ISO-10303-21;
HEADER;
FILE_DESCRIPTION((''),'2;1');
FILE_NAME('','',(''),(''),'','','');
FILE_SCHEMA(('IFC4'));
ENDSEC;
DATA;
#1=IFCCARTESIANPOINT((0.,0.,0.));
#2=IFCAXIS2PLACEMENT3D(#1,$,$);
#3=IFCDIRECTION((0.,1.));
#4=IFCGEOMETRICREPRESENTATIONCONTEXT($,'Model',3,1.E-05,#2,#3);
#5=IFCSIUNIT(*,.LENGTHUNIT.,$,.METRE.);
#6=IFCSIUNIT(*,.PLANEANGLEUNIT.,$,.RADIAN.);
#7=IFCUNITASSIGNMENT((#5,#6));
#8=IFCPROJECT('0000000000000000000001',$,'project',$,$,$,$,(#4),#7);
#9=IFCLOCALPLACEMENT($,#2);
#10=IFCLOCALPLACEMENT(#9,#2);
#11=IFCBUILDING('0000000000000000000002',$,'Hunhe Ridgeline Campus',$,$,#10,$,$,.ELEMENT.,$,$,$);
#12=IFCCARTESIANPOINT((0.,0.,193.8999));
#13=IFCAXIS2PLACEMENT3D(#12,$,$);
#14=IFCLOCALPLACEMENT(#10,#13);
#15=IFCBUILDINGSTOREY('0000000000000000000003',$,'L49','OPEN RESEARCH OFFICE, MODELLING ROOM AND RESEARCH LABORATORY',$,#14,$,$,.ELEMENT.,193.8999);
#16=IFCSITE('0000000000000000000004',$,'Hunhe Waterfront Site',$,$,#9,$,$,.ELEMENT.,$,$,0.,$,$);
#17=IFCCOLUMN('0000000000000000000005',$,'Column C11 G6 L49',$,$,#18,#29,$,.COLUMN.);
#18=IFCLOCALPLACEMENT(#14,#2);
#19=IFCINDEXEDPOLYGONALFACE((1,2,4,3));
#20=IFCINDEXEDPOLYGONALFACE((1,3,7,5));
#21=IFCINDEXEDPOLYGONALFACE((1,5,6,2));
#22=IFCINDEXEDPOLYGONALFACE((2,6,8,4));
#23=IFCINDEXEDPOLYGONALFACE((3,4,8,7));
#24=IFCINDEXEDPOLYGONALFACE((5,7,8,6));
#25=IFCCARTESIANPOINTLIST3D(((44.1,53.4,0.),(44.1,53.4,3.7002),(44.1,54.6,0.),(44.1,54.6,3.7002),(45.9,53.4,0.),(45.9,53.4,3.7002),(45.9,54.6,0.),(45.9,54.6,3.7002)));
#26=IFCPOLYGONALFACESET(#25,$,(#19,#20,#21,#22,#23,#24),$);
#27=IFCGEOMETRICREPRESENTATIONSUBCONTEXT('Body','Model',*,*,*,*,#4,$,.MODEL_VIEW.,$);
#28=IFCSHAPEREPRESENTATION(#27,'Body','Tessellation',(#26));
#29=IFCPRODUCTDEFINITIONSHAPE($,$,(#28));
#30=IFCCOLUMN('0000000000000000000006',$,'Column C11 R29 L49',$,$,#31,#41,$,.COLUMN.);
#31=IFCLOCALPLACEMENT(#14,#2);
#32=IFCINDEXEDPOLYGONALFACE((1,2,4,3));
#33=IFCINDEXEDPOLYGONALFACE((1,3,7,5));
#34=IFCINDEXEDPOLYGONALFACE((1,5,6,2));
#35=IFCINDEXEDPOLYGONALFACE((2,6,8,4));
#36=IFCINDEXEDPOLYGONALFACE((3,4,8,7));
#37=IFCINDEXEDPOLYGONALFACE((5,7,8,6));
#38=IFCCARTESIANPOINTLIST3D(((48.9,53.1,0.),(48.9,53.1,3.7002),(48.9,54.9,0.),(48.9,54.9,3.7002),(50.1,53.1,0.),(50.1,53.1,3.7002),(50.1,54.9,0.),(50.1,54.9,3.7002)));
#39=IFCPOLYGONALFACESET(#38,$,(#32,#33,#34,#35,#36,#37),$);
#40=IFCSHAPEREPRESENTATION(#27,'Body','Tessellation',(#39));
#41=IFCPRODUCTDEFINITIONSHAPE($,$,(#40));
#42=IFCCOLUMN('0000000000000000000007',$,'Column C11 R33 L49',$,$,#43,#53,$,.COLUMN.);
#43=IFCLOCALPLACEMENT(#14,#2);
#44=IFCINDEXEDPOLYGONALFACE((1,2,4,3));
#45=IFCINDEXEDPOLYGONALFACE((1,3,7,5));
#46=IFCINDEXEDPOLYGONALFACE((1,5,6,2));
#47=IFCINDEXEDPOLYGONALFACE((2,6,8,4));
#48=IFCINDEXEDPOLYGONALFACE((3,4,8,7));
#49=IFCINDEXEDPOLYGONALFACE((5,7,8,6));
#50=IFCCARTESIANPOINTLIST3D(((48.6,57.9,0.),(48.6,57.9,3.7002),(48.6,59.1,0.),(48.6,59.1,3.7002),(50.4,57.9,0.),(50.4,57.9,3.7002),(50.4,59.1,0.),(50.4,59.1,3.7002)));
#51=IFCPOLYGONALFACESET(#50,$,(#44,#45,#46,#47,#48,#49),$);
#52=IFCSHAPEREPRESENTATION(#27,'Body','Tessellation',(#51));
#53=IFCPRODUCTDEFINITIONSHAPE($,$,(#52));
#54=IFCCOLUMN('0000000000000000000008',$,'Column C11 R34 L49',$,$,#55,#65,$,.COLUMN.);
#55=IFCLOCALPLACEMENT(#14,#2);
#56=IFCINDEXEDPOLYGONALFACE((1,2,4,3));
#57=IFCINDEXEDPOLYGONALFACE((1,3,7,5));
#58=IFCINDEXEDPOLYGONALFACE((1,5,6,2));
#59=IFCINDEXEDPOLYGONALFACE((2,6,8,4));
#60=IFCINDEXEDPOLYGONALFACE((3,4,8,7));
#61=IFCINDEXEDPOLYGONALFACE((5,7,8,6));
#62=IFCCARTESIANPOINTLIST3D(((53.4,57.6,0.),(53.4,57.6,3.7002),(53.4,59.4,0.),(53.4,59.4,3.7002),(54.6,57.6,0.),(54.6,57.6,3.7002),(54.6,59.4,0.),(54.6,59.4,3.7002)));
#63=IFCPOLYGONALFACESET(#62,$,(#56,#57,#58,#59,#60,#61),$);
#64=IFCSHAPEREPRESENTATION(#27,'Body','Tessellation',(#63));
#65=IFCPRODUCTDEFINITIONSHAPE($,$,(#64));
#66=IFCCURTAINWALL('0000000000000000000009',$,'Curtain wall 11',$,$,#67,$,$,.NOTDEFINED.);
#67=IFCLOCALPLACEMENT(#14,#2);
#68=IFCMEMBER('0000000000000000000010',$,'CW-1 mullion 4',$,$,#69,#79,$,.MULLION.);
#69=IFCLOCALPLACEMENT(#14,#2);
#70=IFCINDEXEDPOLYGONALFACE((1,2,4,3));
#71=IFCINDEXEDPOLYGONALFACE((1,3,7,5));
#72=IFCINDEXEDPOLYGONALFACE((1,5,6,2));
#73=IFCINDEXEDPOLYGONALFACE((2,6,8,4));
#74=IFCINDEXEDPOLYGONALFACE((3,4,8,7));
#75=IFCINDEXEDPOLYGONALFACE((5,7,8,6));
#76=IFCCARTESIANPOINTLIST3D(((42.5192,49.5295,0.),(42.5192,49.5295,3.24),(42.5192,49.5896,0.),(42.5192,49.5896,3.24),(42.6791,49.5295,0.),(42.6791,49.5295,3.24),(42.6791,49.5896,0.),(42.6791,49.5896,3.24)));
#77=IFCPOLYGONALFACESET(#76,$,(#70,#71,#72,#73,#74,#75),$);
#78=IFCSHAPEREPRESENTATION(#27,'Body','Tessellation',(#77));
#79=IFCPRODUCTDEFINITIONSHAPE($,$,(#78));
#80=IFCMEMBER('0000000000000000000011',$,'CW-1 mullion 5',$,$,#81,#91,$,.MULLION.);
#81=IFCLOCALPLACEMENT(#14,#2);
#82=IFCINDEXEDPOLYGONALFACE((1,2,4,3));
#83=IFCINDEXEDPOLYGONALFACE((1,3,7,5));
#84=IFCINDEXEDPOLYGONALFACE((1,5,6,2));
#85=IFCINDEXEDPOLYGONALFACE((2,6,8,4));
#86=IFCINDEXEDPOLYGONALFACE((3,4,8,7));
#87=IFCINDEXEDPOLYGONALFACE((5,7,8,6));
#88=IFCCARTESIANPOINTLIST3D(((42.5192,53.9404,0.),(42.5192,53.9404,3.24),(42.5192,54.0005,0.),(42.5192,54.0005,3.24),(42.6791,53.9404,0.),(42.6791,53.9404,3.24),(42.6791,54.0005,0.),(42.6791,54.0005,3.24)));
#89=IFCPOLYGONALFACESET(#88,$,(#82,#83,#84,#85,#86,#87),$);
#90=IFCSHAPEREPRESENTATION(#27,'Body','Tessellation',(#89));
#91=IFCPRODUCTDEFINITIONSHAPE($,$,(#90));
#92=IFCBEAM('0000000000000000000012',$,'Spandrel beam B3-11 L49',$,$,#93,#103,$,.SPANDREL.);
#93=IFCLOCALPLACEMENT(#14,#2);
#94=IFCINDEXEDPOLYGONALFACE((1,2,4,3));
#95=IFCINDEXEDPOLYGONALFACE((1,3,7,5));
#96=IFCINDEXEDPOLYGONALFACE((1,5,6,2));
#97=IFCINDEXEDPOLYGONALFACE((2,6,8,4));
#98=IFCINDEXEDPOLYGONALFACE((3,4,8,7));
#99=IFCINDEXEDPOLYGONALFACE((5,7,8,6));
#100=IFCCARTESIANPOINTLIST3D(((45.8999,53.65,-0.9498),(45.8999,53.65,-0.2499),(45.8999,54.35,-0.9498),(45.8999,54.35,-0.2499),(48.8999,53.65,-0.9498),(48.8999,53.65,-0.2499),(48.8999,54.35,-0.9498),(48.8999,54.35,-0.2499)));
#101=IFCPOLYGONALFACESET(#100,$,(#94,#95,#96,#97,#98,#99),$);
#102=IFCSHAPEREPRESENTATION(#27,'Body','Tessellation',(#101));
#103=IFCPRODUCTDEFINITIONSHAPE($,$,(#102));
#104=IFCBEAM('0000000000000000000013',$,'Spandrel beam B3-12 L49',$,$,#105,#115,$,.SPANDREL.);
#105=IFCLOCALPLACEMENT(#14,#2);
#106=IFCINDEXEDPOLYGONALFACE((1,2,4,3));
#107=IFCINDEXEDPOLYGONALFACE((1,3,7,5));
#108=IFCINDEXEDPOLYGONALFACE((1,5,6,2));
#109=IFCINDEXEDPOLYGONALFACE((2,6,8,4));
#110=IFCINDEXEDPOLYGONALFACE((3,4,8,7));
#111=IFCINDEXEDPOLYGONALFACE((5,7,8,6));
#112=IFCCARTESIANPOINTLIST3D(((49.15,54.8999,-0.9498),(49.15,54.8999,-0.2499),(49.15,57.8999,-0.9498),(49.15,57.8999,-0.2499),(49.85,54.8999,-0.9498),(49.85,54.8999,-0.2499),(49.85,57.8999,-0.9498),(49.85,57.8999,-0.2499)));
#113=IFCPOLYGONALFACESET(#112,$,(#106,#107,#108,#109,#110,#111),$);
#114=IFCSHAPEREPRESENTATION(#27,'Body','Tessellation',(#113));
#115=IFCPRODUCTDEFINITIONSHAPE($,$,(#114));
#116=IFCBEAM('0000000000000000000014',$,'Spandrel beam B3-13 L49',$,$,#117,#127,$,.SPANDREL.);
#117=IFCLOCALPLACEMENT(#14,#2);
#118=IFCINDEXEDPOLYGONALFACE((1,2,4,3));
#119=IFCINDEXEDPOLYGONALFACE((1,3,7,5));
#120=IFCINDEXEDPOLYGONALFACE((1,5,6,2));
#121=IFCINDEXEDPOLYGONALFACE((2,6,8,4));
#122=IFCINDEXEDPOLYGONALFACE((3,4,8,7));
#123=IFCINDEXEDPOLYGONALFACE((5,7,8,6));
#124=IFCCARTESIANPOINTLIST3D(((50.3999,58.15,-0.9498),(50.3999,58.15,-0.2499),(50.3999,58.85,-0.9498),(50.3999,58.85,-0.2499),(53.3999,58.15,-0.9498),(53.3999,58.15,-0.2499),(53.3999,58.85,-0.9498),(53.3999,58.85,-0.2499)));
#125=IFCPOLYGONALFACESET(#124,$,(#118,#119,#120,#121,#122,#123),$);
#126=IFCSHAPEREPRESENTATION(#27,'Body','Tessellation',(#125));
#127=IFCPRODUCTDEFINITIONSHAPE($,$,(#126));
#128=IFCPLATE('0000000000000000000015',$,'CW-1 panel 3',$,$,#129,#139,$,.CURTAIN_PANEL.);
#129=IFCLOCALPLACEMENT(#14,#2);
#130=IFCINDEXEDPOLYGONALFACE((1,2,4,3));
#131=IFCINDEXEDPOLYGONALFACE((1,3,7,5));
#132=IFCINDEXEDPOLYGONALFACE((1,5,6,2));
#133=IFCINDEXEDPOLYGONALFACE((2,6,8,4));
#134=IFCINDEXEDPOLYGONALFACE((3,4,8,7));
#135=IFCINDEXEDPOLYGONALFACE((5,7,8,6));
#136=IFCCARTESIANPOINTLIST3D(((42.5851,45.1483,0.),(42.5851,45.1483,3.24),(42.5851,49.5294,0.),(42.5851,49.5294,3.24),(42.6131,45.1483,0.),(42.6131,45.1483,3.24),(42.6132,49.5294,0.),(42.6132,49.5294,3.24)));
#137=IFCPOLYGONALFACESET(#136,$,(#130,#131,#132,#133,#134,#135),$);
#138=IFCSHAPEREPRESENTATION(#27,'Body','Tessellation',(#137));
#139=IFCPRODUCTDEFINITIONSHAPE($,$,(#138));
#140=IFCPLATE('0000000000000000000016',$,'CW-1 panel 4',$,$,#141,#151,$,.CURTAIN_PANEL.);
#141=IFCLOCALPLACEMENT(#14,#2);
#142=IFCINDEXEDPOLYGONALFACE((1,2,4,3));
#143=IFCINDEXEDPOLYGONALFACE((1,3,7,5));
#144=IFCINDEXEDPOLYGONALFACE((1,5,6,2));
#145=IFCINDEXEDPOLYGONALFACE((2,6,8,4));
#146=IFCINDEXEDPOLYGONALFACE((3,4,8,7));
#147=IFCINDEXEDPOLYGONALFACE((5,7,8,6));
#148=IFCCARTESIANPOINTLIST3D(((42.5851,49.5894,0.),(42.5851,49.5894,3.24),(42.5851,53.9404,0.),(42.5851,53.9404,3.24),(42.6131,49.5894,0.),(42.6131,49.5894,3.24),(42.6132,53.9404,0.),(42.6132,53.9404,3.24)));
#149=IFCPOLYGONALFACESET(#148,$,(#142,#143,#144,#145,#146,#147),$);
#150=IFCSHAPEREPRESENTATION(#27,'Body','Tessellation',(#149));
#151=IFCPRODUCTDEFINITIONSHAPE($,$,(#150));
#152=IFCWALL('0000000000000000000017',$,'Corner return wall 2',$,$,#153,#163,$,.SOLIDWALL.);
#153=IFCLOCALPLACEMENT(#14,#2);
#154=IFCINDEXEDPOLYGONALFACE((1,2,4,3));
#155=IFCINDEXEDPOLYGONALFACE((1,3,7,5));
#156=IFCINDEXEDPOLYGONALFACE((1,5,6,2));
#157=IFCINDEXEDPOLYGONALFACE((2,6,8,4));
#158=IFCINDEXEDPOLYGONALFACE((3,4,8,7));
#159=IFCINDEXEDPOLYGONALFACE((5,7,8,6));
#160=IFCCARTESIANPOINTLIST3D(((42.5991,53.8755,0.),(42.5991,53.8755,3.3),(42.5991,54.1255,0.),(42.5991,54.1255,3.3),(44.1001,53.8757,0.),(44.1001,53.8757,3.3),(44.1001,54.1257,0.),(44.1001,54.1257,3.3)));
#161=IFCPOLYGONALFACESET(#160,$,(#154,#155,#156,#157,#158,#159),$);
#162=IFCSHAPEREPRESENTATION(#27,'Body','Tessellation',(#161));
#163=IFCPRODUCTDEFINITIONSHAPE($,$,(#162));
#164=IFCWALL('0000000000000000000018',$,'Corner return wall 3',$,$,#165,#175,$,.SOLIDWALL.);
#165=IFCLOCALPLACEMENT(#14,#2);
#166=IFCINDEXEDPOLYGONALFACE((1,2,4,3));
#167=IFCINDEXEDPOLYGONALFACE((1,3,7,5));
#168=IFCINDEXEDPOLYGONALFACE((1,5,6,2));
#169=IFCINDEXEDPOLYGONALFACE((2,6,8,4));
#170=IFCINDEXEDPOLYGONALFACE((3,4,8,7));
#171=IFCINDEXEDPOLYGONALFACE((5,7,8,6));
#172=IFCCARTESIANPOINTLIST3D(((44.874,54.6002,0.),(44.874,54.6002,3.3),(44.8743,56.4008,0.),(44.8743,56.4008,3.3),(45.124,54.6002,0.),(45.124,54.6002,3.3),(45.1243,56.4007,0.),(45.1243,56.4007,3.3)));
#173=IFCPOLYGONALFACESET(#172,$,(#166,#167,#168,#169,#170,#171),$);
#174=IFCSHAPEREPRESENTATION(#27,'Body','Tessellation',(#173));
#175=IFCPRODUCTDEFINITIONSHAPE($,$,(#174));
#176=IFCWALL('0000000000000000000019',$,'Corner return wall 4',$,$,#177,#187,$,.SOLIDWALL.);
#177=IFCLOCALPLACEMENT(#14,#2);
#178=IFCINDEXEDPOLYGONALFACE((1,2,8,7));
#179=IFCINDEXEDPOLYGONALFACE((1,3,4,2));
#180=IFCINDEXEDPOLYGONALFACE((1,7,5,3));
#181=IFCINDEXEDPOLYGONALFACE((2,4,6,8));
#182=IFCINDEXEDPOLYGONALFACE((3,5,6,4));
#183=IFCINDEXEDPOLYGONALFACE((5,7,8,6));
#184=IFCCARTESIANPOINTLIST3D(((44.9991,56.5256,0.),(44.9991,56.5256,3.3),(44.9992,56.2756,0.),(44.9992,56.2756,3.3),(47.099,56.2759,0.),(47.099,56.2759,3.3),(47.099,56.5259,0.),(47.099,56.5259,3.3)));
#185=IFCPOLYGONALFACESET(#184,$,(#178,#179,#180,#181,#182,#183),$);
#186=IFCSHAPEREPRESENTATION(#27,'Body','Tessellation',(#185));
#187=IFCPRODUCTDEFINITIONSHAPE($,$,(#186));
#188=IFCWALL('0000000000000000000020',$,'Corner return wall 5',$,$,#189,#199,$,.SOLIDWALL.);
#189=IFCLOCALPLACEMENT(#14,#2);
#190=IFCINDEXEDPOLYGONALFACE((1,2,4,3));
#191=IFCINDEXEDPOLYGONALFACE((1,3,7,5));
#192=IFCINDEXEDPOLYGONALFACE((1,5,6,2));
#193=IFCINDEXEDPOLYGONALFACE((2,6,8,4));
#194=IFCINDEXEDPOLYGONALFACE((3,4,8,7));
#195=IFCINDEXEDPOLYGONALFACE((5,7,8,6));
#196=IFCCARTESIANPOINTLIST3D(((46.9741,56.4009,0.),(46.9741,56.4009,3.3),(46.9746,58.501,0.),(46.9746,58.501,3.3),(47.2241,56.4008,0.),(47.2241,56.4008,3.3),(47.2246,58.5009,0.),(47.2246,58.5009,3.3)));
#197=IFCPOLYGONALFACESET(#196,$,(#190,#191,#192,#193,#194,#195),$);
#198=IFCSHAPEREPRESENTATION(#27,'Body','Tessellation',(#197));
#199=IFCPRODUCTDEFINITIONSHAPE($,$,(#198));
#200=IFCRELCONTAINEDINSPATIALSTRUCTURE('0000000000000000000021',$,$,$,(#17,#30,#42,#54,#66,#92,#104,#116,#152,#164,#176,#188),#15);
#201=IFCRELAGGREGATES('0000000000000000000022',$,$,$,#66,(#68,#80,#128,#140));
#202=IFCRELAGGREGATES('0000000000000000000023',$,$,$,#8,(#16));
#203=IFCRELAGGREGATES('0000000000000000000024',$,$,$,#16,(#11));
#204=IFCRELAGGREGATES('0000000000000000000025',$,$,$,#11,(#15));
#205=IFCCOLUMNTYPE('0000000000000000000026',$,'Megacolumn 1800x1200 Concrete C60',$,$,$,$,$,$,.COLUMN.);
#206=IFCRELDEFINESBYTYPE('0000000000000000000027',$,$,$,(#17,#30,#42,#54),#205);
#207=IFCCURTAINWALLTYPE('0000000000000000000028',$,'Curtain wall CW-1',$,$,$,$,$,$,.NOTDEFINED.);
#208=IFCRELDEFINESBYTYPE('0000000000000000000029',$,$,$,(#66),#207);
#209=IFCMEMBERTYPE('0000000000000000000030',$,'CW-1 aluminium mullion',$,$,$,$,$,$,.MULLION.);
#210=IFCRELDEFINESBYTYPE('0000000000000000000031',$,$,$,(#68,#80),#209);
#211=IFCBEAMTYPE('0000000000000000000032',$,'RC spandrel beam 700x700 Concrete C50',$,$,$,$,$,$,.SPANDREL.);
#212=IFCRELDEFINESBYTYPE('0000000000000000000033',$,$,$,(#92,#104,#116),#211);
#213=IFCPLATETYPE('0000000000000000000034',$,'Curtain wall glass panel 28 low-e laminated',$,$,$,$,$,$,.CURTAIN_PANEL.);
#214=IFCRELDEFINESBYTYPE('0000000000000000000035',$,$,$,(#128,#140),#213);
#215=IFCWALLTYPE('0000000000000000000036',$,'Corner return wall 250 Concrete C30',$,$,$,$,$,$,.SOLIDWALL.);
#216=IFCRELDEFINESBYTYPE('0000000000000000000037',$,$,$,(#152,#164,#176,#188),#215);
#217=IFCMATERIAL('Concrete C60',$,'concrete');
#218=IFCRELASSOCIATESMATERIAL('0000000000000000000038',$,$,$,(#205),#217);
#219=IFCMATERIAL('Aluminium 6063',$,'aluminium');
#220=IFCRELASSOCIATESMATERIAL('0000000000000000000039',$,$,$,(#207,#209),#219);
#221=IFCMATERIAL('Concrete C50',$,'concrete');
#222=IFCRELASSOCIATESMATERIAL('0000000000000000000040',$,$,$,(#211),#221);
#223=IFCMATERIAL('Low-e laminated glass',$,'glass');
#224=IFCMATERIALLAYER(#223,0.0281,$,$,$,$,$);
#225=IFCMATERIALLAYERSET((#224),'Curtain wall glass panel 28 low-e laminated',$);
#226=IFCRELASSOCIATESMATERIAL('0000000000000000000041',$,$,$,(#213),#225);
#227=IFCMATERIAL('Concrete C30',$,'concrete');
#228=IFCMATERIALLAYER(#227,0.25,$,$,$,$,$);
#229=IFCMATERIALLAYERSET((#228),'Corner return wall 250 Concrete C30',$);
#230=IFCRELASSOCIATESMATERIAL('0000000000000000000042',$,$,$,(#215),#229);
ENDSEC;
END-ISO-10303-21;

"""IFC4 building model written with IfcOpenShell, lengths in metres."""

from ifc_helpers import new_model, si_unit, direction, frame, frame_2d, origin, origin_2d, place, context, subcontext, project, spatial, rectangle, extrude, material, layer, layer_set, material_profile, profile_set, type_object, element, aggregate, save


model = new_model("IFC4")

# Units and contexts
model_context = context("Model", 3, precision=1e-05, world=origin(), true_north=direction((0.0, 1.0)))
body_context = subcontext(model_context, "Body", "Model", "MODEL_VIEW")
ifc_project = project(units=[si_unit("LENGTHUNIT", "METRE"), si_unit("PLANEANGLEUNIT", "RADIAN")], contexts=[model_context])

# Site, building, storey
site_placement = place(None, origin())
site = spatial("IfcSite", under=ifc_project, at=site_placement, Name="Hunhe Waterfront Site", CompositionType="ELEMENT", RefElevation=0.0)
building_placement = place(site_placement, origin())
building = spatial("IfcBuilding", under=site, at=building_placement, Name="Hunhe Ridgeline Campus", CompositionType="ELEMENT")
storey_placement = place(building_placement, frame((0.0, 0.0, 193.8999)))
storey = spatial("IfcBuildingStorey", under=building, at=storey_placement, Name="L49", Description="OPEN RESEARCH OFFICE, MODELLING ROOM AND RESEARCH LABORATORY", CompositionType="ELEMENT", Elevation=193.8999)

# Columns
ifc_material_1 = material(Name="Concrete C60", Category="concrete")
ifc_material_profile_1 = material_profile(ifc_material_1, rectangle(XDim=1.8, YDim=1.2, at=origin_2d()))
ifc_profile_set_1 = profile_set([ifc_material_profile_1], Name="Concrete C60")
column_type = type_object("IfcColumnType", Name="Megacolumn 1800x1200 Concrete C60", PredefinedType="COLUMN", material=ifc_profile_set_1)
for number, where, z_axis, x_axis, name in (
    (1, (45.0, 54.0, 0.0), (0.0, 0.0, 1.0), (1.0, 0.0, 0.0), "Column C11 G6 L49"),
    (2, (49.5, 54.0, 0.0), (0.0, 0.0, 1.0), (0.0, 1.0, 0.0), "Column C11 R29 L49"),
    (3, (49.5, 58.5, 0.0), (0.0, 0.0, 1.0), (1.0, 0.0, 0.0), "Column C11 R33 L49"),
    (4, (54.0, 58.5, 0.0), (0.0, 0.0, 1.0), (0.0, 1.0, 0.0), "Column C11 R34 L49"),
):
    element("IfcColumn", number, at=place(storey_placement, frame(where, z_axis=z_axis, x_axis=x_axis)), inside=storey, type_object=column_type, Name=name, PredefinedType="COLUMN", context=body_context, shape_type="SweptSolid", body=[
        extrude(rectangle(XDim=1.8, YDim=1.2, at=origin_2d()), origin(), (0.0, 0.0, 1.0), 3.7002),
    ])

# Curtain wall, members
ifc_material_2 = material(Name="Aluminium 6063", Category="aluminium")
curtain_wall_type = type_object("IfcCurtainWallType", Name="Curtain wall CW-1", PredefinedType="NOTDEFINED", material=ifc_material_2)
curtain_wall_placement = place(storey_placement, origin())
curtain_wall = element("IfcCurtainWall", 5, at=curtain_wall_placement, inside=storey, type_object=curtain_wall_type, Name="Curtain wall 11", PredefinedType="NOTDEFINED")
ifc_material_profile_2 = material_profile(ifc_material_2, rectangle(XDim=0.1599, YDim=0.0601, at=origin_2d()))
ifc_profile_set_2 = profile_set([ifc_material_profile_2], Name="Aluminium 6063")
member_type = type_object("IfcMemberType", Name="CW-1 aluminium mullion", PredefinedType="MULLION", material=ifc_profile_set_2)
member_1_placement = place(storey_placement, frame((42.5991, 49.5596, 0.0), z_axis=(0.0, 0.0, 1.0), x_axis=(-1.0, 0.000007, 0.0)))
member_1 = element("IfcMember", 6, at=member_1_placement, type_object=member_type, Name="CW-1 mullion 4", PredefinedType="MULLION", context=body_context, shape_type="SweptSolid", body=[
    extrude(rectangle(XDim=0.1599, YDim=0.0601, at=origin_2d()), origin(), (0.0, 0.0, 1.0), 3.24),
])
member_2_placement = place(storey_placement, frame((42.5991, 53.9705, 0.0), z_axis=(0.0, 0.0, 1.0), x_axis=(-1.0, 0.000007, 0.0)))
member_2 = element("IfcMember", 7, at=member_2_placement, type_object=member_type, Name="CW-1 mullion 5", PredefinedType="MULLION", context=body_context, shape_type="SweptSolid", body=[
    extrude(rectangle(XDim=0.1599, YDim=0.0601, at=origin_2d()), origin(), (0.0, 0.0, 1.0), 3.24),
])

# Beams
ifc_material_3 = material(Name="Concrete C50", Category="concrete")
ifc_material_profile_3 = material_profile(ifc_material_3, rectangle(XDim=0.7, YDim=0.7, at=origin_2d()))
ifc_profile_set_3 = profile_set([ifc_material_profile_3], Name="Concrete C50")
beam_type = type_object("IfcBeamType", Name="RC spandrel beam 700x700 Concrete C50", PredefinedType="SPANDREL", material=ifc_profile_set_3)
for number, where, z_axis, x_axis, name in (
    (8, (45.8999, 54.0, -0.5999), (1.0, 0.0, 0.0), (0.0, 1.0, 0.0), "Spandrel beam B3-11 L49"),
    (9, (49.5, 54.8999, -0.5999), (0.0, 1.0, 0.0), (-1.0, 0.0, 0.0), "Spandrel beam B3-12 L49"),
    (10, (50.3999, 58.5, -0.5999), (1.0, 0.0, 0.0), (0.0, 1.0, 0.0), "Spandrel beam B3-13 L49"),
):
    element("IfcBeam", number, at=place(storey_placement, frame(where, z_axis=z_axis, x_axis=x_axis)), inside=storey, type_object=beam_type, Name=name, PredefinedType="SPANDREL", context=body_context, shape_type="SweptSolid", body=[
        extrude(rectangle(XDim=0.7, YDim=0.7, at=origin_2d()), origin(), (0.0, 0.0, 1.0), 3.0),
    ])

# Plates
ifc_material_4 = material(Name="Low-e laminated glass", Category="glass")
ifc_layer_1 = layer(ifc_material_4, 0.0281)
ifc_layer_set_1 = layer_set([ifc_layer_1], Name="Curtain wall glass panel 28 low-e laminated")
plate_type = type_object("IfcPlateType", Name="Curtain wall glass panel 28 low-e laminated", PredefinedType="CURTAIN_PANEL", material=ifc_layer_set_1)
plate_1_placement = place(storey_placement, frame((42.5991, 47.3389, 0.0), z_axis=(0.0, 0.0, 1.0), x_axis=(0.000007, 1.0, 0.0)))
plate_1 = element("IfcPlate", 11, at=plate_1_placement, type_object=plate_type, Name="CW-1 panel 3", PredefinedType="CURTAIN_PANEL", context=body_context, shape_type="SweptSolid", body=[
    extrude(rectangle(XDim=4.3811, YDim=0.0281, at=origin_2d()), origin(), (0.0, 0.0, 1.0), 3.24),
])
plate_2_placement = place(storey_placement, frame((42.5991, 51.7649, 0.0), z_axis=(0.0, 0.0, 1.0), x_axis=(0.000007, 1.0, 0.0)))
plate_2 = element("IfcPlate", 12, at=plate_2_placement, type_object=plate_type, Name="CW-1 panel 4", PredefinedType="CURTAIN_PANEL", context=body_context, shape_type="SweptSolid", body=[
    extrude(rectangle(XDim=4.3511, YDim=0.0281, at=origin_2d()), origin(), (0.0, 0.0, 1.0), 3.24),
])
aggregate(curtain_wall, [member_1, member_2, plate_1, plate_2])

# Walls
ifc_material_5 = material(Name="Concrete C30", Category="concrete")
ifc_layer_2 = layer(ifc_material_5, 0.25)
ifc_layer_set_2 = layer_set([ifc_layer_2], Name="Corner return wall 250 Concrete C30")
wall_type_1 = type_object("IfcWallType", Name="Corner return wall 250 Concrete C30", PredefinedType="SOLIDWALL", material=ifc_layer_set_2)
wall_1_placement = place(storey_placement, frame((42.5991, 54.0005, 0.0), z_axis=(0.0, 0.0, 1.0), x_axis=(1.0, 0.000163, 0.0)))
element("IfcWall", 13, at=wall_1_placement, inside=storey, type_object=wall_type_1, Name="Corner return wall 2", PredefinedType="SOLIDWALL", context=body_context, shape_type="SweptSolid", body=[
    extrude(rectangle(XDim=1.501, YDim=0.25, at=frame_2d((0.7505, 0.0))), origin(), (0.0, 0.0, 1.0), 3.3),
])
wall_2_placement = place(storey_placement, frame((44.999, 54.6001, 0.0), z_axis=(0.0, 0.0, 1.0), x_axis=(0.000136, 1.0, 0.0)))
element("IfcWall", 14, at=wall_2_placement, inside=storey, type_object=wall_type_1, Name="Corner return wall 3", PredefinedType="SOLIDWALL", context=body_context, shape_type="SweptSolid", body=[
    extrude(rectangle(XDim=1.8005, YDim=0.25, at=frame_2d((0.9004, 0.0))), origin(), (0.0, 0.0, 1.0), 3.3),
])
wall_3_placement = place(storey_placement, frame((44.9993, 56.4006, 0.0), z_axis=(0.0, 0.0, 1.0), x_axis=(1.0, 0.000116, 0.0)))
element("IfcWall", 15, at=wall_3_placement, inside=storey, type_object=wall_type_1, Name="Corner return wall 4", PredefinedType="SOLIDWALL", context=body_context, shape_type="SweptSolid", body=[
    extrude(rectangle(XDim=2.0999, YDim=0.25, at=frame_2d((1.0498, 0.0))), origin(), (0.0, 0.0, 1.0), 3.3),
])
wall_4_placement = place(storey_placement, frame((47.0991, 56.4009, 0.0), z_axis=(0.0, 0.0, 1.0), x_axis=(0.000233, 1.0, 0.0)))
element("IfcWall", 16, at=wall_4_placement, inside=storey, type_object=wall_type_1, Name="Corner return wall 5", PredefinedType="SOLIDWALL", context=body_context, shape_type="SweptSolid", body=[
    extrude(rectangle(XDim=2.1001, YDim=0.25, at=frame_2d((1.05, 0.0))), origin(), (0.0, 0.0, 1.0), 3.3),
])

save(model, "model.ifc")
